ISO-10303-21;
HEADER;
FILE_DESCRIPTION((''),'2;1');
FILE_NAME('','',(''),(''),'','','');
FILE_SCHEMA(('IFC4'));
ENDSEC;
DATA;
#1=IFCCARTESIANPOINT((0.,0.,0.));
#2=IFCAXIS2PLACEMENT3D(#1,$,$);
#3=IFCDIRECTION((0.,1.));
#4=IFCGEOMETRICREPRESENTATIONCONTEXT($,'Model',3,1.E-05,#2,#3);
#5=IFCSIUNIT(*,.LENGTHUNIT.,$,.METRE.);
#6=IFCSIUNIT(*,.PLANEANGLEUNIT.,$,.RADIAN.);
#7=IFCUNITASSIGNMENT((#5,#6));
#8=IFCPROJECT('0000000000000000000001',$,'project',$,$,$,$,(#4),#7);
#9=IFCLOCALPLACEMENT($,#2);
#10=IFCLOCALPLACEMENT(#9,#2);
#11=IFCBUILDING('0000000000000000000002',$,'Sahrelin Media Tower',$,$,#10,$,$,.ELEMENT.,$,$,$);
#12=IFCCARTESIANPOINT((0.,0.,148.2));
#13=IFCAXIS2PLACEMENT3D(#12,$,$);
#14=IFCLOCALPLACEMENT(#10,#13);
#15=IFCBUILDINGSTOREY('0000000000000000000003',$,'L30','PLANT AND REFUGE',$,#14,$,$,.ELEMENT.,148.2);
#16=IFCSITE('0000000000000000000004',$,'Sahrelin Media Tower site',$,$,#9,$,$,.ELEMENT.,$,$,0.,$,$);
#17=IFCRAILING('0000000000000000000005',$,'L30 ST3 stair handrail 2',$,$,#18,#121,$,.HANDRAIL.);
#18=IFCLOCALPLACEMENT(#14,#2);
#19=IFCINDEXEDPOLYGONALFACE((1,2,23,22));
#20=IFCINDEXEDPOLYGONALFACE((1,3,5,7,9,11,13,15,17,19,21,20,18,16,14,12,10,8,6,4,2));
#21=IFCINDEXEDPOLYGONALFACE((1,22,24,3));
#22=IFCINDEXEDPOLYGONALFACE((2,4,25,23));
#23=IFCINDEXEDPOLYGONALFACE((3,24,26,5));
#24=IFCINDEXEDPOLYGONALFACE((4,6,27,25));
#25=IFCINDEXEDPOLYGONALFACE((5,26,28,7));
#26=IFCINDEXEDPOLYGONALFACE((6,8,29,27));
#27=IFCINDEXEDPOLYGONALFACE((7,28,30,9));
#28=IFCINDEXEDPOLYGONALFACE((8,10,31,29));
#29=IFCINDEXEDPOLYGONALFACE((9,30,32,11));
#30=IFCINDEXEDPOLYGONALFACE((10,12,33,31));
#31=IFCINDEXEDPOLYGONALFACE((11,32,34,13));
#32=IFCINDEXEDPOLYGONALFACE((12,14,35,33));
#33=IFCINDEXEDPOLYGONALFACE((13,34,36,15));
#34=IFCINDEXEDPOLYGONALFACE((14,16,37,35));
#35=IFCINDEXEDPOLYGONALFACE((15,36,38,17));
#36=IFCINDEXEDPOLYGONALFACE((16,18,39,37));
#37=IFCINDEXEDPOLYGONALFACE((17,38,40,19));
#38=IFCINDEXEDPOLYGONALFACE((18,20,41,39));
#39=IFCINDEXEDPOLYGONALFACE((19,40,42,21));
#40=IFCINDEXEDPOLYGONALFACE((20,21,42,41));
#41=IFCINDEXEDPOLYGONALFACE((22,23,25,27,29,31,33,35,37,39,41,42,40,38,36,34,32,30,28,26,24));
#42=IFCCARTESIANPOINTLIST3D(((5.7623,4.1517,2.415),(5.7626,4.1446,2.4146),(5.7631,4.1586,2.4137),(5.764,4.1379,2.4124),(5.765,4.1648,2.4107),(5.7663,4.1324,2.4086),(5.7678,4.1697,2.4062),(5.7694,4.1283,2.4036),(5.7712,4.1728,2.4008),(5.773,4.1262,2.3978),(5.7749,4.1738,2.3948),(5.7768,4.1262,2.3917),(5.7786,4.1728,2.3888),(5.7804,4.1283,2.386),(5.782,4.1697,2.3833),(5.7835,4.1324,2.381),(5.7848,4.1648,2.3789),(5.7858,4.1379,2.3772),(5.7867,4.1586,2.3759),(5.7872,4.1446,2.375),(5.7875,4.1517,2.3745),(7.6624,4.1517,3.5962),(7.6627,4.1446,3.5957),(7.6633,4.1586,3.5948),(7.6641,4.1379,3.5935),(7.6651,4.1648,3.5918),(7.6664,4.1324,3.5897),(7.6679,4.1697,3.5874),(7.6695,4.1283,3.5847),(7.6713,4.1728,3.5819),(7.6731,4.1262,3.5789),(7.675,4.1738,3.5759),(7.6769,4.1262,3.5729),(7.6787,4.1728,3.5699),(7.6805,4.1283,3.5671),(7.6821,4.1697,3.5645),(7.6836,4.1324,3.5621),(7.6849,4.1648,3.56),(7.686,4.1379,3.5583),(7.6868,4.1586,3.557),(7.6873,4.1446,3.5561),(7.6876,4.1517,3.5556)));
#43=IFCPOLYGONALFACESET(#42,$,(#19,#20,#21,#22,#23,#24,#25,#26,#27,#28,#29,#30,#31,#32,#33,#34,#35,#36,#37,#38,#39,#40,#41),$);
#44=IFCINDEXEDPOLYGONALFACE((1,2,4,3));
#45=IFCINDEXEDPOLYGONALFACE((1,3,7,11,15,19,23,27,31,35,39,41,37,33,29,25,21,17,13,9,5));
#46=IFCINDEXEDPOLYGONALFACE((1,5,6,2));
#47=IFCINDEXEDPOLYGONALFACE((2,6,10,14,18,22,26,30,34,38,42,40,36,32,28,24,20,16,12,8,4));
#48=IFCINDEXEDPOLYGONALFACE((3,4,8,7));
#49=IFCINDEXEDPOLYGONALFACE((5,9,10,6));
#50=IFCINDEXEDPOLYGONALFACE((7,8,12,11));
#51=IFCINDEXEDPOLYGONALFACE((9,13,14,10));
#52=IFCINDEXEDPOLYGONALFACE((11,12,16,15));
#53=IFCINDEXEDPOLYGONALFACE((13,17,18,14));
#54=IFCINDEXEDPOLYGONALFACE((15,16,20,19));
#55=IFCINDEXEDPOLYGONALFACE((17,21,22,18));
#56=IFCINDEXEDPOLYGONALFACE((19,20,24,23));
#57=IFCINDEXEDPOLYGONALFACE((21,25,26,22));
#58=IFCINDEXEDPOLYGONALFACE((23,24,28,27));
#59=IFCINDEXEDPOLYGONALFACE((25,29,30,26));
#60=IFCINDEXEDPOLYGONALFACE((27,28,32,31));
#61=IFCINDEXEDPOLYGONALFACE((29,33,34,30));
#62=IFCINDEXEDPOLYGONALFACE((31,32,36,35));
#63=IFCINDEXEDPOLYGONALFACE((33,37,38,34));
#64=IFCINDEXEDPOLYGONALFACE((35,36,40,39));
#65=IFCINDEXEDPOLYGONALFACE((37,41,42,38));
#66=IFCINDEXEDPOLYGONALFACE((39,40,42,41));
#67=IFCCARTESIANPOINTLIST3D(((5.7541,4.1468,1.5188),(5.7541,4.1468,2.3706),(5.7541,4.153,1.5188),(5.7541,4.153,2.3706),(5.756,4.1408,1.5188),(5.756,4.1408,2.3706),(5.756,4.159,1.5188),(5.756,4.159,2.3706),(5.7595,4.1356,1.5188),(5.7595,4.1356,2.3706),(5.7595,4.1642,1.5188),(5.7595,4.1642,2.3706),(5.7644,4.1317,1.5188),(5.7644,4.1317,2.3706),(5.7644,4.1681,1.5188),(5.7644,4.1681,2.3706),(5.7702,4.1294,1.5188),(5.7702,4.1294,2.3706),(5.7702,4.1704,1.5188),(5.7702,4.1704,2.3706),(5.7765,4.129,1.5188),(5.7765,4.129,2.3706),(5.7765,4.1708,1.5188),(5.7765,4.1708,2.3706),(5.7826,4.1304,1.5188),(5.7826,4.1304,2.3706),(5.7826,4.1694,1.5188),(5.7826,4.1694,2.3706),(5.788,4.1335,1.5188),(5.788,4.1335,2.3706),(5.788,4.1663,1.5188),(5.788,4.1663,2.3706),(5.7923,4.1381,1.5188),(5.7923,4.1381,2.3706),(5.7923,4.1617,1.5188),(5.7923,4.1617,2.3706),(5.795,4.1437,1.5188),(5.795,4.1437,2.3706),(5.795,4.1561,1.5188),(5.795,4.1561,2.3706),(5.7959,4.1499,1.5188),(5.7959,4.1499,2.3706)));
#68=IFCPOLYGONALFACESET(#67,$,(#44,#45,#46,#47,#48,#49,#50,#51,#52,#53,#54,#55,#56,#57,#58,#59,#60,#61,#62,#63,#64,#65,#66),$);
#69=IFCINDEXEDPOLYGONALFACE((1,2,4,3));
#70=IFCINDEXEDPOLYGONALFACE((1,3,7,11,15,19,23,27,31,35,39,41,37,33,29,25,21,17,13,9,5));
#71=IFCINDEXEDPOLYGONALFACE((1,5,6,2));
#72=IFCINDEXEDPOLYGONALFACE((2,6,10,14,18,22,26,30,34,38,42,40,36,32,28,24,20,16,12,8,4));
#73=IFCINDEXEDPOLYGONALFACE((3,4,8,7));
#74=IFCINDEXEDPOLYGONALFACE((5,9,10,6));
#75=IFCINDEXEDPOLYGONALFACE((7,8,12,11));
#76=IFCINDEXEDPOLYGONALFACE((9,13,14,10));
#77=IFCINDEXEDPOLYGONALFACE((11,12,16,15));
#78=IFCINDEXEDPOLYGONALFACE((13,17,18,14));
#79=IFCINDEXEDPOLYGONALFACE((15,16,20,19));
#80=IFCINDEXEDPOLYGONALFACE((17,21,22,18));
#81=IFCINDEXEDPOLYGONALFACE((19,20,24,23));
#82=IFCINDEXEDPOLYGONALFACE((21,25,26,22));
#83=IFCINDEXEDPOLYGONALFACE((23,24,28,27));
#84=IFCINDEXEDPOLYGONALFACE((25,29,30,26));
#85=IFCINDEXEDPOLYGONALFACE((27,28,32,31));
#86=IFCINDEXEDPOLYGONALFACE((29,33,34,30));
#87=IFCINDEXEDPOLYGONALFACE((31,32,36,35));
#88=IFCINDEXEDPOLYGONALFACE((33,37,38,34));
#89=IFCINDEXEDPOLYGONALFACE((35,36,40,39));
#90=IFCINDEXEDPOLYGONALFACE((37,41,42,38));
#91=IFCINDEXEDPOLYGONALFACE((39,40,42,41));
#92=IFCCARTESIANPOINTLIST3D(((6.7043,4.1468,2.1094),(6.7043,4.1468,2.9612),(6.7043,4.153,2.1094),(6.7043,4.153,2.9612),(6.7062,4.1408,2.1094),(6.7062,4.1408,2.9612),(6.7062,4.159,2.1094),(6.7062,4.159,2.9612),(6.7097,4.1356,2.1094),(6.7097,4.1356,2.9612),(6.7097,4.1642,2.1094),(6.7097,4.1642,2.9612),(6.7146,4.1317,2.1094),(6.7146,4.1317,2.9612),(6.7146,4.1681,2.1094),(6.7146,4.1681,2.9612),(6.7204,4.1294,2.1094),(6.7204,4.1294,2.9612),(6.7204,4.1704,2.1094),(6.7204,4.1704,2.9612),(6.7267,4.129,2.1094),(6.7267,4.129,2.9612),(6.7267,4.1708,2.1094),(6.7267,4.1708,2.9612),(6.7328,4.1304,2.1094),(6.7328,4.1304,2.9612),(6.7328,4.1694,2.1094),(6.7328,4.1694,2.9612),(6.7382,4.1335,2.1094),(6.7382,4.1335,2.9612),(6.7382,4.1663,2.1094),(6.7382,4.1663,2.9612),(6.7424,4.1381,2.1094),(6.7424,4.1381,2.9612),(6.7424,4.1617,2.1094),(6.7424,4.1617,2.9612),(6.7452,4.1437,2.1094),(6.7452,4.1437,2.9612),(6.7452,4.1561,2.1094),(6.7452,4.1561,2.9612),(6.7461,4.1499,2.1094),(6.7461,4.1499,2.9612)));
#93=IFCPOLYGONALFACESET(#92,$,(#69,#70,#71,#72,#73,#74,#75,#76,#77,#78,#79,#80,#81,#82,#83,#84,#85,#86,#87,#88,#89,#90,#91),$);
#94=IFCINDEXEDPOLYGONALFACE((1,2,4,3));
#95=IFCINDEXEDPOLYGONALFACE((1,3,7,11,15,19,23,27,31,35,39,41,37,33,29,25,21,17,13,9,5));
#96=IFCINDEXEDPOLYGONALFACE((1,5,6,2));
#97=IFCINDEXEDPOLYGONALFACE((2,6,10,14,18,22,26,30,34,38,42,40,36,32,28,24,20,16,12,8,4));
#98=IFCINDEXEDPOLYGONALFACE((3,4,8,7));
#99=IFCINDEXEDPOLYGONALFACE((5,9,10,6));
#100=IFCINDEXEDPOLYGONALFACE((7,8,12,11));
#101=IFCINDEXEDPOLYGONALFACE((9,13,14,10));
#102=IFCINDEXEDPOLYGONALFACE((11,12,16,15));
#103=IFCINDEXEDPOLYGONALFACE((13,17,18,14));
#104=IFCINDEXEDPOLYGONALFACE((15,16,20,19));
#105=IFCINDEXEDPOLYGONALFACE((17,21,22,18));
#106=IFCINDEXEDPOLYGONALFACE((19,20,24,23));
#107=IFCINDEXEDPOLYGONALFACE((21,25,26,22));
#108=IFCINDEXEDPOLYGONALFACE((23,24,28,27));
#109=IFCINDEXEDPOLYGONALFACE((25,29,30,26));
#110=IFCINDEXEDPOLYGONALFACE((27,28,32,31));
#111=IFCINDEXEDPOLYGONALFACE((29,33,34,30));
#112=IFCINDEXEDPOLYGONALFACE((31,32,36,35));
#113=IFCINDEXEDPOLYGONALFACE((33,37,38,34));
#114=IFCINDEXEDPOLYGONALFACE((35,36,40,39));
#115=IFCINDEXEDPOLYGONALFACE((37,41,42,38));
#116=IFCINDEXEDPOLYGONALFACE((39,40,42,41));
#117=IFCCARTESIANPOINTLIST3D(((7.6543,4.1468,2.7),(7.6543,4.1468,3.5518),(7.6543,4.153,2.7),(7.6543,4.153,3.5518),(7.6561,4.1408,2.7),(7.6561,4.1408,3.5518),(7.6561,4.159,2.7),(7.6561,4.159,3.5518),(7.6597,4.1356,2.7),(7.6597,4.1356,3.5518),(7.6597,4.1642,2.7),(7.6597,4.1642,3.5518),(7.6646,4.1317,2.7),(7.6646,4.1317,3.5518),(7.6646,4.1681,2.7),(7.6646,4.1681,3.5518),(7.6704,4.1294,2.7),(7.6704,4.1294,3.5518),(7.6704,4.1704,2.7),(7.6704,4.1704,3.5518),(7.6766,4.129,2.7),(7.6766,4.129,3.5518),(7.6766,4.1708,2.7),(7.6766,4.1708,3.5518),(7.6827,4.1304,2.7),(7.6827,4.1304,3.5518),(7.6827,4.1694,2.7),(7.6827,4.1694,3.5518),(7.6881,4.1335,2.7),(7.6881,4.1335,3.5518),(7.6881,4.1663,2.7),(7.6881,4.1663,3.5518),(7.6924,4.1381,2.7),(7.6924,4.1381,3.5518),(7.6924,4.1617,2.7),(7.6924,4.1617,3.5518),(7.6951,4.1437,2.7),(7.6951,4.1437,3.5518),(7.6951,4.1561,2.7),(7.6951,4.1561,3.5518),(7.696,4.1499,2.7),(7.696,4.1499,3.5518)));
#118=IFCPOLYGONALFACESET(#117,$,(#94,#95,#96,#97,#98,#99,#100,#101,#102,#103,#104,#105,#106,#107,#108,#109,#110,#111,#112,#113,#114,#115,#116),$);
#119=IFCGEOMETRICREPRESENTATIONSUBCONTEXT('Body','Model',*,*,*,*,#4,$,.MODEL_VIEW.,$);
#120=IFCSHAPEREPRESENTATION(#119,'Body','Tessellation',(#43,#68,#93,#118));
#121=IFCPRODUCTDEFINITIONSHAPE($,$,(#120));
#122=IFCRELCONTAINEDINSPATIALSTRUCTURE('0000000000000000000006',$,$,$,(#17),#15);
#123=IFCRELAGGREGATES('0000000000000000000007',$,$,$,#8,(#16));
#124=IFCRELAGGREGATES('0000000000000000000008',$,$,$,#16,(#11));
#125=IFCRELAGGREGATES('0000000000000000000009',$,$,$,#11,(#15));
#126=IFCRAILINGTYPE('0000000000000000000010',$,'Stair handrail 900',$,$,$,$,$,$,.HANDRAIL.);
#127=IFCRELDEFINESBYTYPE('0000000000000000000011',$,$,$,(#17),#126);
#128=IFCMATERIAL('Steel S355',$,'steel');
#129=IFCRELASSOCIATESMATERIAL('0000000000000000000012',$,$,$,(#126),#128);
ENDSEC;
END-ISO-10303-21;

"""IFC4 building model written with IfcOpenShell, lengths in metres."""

from ifc_helpers import new_model, si_unit, direction, frame, origin, origin_2d, place, context, subcontext, project, spatial, circle, extrude, material, type_object, element, save


model = new_model("IFC4")

# Units and contexts
model_context = context("Model", 3, precision=1e-05, world=origin(), true_north=direction((0.0, 1.0)))
body_context = subcontext(model_context, "Body", "Model", "MODEL_VIEW")
ifc_project = project(units=[si_unit("LENGTHUNIT", "METRE"), si_unit("PLANEANGLEUNIT", "RADIAN")], contexts=[model_context])

# Site, building, storey
site_placement = place(None, origin())
site = spatial("IfcSite", under=ifc_project, at=site_placement, Name="Sahrelin Media Tower site", CompositionType="ELEMENT", RefElevation=0.0)
building_placement = place(site_placement, origin())
building = spatial("IfcBuilding", under=site, at=building_placement, Name="Sahrelin Media Tower", CompositionType="ELEMENT")
storey_placement = place(building_placement, frame((0.0, 0.0, 148.2)))
storey = spatial("IfcBuildingStorey", under=building, at=storey_placement, Name="L30", Description="PLANT AND REFUGE", CompositionType="ELEMENT", Elevation=148.2)

# Shared definitions
ifc_material_1 = material(Name="Steel S355", Category="steel")

# Railing
railing_type_1 = type_object("IfcRailingType", Name="Stair handrail 900", PredefinedType="HANDRAIL", material=ifc_material_1)
railing_1_placement = place(storey_placement, frame((5.7749, 4.1499, 1.5188)))
element("IfcRailing", 1, at=railing_1_placement, inside=storey, type_object=railing_type_1, Name="L30 ST3 stair handrail 2", PredefinedType="HANDRAIL", context=body_context, shape_type="SweptSolid", body=[
    extrude(circle(Radius=0.0239, at=origin_2d()), frame((0.0, 0.0, 0.876), z_axis=(0.849289, 0.0, 0.527928), x_axis=(0.0, 1.0, 0.0)), (0.0, 0.0, 1.0), 2.2373),
    extrude(circle(Radius=0.021, at=origin_2d()), origin(), (0.0, 0.0, 1.0), 0.8518),
    extrude(circle(Radius=0.021, at=origin_2d()), frame((0.9502, 0.0, 0.5906)), (0.0, 0.0, 1.0), 0.8518),
    extrude(circle(Radius=0.021, at=origin_2d()), frame((1.9001, 0.0, 1.1812)), (0.0, 0.0, 1.0), 0.8518),
])

save(model, "model.ifc")
